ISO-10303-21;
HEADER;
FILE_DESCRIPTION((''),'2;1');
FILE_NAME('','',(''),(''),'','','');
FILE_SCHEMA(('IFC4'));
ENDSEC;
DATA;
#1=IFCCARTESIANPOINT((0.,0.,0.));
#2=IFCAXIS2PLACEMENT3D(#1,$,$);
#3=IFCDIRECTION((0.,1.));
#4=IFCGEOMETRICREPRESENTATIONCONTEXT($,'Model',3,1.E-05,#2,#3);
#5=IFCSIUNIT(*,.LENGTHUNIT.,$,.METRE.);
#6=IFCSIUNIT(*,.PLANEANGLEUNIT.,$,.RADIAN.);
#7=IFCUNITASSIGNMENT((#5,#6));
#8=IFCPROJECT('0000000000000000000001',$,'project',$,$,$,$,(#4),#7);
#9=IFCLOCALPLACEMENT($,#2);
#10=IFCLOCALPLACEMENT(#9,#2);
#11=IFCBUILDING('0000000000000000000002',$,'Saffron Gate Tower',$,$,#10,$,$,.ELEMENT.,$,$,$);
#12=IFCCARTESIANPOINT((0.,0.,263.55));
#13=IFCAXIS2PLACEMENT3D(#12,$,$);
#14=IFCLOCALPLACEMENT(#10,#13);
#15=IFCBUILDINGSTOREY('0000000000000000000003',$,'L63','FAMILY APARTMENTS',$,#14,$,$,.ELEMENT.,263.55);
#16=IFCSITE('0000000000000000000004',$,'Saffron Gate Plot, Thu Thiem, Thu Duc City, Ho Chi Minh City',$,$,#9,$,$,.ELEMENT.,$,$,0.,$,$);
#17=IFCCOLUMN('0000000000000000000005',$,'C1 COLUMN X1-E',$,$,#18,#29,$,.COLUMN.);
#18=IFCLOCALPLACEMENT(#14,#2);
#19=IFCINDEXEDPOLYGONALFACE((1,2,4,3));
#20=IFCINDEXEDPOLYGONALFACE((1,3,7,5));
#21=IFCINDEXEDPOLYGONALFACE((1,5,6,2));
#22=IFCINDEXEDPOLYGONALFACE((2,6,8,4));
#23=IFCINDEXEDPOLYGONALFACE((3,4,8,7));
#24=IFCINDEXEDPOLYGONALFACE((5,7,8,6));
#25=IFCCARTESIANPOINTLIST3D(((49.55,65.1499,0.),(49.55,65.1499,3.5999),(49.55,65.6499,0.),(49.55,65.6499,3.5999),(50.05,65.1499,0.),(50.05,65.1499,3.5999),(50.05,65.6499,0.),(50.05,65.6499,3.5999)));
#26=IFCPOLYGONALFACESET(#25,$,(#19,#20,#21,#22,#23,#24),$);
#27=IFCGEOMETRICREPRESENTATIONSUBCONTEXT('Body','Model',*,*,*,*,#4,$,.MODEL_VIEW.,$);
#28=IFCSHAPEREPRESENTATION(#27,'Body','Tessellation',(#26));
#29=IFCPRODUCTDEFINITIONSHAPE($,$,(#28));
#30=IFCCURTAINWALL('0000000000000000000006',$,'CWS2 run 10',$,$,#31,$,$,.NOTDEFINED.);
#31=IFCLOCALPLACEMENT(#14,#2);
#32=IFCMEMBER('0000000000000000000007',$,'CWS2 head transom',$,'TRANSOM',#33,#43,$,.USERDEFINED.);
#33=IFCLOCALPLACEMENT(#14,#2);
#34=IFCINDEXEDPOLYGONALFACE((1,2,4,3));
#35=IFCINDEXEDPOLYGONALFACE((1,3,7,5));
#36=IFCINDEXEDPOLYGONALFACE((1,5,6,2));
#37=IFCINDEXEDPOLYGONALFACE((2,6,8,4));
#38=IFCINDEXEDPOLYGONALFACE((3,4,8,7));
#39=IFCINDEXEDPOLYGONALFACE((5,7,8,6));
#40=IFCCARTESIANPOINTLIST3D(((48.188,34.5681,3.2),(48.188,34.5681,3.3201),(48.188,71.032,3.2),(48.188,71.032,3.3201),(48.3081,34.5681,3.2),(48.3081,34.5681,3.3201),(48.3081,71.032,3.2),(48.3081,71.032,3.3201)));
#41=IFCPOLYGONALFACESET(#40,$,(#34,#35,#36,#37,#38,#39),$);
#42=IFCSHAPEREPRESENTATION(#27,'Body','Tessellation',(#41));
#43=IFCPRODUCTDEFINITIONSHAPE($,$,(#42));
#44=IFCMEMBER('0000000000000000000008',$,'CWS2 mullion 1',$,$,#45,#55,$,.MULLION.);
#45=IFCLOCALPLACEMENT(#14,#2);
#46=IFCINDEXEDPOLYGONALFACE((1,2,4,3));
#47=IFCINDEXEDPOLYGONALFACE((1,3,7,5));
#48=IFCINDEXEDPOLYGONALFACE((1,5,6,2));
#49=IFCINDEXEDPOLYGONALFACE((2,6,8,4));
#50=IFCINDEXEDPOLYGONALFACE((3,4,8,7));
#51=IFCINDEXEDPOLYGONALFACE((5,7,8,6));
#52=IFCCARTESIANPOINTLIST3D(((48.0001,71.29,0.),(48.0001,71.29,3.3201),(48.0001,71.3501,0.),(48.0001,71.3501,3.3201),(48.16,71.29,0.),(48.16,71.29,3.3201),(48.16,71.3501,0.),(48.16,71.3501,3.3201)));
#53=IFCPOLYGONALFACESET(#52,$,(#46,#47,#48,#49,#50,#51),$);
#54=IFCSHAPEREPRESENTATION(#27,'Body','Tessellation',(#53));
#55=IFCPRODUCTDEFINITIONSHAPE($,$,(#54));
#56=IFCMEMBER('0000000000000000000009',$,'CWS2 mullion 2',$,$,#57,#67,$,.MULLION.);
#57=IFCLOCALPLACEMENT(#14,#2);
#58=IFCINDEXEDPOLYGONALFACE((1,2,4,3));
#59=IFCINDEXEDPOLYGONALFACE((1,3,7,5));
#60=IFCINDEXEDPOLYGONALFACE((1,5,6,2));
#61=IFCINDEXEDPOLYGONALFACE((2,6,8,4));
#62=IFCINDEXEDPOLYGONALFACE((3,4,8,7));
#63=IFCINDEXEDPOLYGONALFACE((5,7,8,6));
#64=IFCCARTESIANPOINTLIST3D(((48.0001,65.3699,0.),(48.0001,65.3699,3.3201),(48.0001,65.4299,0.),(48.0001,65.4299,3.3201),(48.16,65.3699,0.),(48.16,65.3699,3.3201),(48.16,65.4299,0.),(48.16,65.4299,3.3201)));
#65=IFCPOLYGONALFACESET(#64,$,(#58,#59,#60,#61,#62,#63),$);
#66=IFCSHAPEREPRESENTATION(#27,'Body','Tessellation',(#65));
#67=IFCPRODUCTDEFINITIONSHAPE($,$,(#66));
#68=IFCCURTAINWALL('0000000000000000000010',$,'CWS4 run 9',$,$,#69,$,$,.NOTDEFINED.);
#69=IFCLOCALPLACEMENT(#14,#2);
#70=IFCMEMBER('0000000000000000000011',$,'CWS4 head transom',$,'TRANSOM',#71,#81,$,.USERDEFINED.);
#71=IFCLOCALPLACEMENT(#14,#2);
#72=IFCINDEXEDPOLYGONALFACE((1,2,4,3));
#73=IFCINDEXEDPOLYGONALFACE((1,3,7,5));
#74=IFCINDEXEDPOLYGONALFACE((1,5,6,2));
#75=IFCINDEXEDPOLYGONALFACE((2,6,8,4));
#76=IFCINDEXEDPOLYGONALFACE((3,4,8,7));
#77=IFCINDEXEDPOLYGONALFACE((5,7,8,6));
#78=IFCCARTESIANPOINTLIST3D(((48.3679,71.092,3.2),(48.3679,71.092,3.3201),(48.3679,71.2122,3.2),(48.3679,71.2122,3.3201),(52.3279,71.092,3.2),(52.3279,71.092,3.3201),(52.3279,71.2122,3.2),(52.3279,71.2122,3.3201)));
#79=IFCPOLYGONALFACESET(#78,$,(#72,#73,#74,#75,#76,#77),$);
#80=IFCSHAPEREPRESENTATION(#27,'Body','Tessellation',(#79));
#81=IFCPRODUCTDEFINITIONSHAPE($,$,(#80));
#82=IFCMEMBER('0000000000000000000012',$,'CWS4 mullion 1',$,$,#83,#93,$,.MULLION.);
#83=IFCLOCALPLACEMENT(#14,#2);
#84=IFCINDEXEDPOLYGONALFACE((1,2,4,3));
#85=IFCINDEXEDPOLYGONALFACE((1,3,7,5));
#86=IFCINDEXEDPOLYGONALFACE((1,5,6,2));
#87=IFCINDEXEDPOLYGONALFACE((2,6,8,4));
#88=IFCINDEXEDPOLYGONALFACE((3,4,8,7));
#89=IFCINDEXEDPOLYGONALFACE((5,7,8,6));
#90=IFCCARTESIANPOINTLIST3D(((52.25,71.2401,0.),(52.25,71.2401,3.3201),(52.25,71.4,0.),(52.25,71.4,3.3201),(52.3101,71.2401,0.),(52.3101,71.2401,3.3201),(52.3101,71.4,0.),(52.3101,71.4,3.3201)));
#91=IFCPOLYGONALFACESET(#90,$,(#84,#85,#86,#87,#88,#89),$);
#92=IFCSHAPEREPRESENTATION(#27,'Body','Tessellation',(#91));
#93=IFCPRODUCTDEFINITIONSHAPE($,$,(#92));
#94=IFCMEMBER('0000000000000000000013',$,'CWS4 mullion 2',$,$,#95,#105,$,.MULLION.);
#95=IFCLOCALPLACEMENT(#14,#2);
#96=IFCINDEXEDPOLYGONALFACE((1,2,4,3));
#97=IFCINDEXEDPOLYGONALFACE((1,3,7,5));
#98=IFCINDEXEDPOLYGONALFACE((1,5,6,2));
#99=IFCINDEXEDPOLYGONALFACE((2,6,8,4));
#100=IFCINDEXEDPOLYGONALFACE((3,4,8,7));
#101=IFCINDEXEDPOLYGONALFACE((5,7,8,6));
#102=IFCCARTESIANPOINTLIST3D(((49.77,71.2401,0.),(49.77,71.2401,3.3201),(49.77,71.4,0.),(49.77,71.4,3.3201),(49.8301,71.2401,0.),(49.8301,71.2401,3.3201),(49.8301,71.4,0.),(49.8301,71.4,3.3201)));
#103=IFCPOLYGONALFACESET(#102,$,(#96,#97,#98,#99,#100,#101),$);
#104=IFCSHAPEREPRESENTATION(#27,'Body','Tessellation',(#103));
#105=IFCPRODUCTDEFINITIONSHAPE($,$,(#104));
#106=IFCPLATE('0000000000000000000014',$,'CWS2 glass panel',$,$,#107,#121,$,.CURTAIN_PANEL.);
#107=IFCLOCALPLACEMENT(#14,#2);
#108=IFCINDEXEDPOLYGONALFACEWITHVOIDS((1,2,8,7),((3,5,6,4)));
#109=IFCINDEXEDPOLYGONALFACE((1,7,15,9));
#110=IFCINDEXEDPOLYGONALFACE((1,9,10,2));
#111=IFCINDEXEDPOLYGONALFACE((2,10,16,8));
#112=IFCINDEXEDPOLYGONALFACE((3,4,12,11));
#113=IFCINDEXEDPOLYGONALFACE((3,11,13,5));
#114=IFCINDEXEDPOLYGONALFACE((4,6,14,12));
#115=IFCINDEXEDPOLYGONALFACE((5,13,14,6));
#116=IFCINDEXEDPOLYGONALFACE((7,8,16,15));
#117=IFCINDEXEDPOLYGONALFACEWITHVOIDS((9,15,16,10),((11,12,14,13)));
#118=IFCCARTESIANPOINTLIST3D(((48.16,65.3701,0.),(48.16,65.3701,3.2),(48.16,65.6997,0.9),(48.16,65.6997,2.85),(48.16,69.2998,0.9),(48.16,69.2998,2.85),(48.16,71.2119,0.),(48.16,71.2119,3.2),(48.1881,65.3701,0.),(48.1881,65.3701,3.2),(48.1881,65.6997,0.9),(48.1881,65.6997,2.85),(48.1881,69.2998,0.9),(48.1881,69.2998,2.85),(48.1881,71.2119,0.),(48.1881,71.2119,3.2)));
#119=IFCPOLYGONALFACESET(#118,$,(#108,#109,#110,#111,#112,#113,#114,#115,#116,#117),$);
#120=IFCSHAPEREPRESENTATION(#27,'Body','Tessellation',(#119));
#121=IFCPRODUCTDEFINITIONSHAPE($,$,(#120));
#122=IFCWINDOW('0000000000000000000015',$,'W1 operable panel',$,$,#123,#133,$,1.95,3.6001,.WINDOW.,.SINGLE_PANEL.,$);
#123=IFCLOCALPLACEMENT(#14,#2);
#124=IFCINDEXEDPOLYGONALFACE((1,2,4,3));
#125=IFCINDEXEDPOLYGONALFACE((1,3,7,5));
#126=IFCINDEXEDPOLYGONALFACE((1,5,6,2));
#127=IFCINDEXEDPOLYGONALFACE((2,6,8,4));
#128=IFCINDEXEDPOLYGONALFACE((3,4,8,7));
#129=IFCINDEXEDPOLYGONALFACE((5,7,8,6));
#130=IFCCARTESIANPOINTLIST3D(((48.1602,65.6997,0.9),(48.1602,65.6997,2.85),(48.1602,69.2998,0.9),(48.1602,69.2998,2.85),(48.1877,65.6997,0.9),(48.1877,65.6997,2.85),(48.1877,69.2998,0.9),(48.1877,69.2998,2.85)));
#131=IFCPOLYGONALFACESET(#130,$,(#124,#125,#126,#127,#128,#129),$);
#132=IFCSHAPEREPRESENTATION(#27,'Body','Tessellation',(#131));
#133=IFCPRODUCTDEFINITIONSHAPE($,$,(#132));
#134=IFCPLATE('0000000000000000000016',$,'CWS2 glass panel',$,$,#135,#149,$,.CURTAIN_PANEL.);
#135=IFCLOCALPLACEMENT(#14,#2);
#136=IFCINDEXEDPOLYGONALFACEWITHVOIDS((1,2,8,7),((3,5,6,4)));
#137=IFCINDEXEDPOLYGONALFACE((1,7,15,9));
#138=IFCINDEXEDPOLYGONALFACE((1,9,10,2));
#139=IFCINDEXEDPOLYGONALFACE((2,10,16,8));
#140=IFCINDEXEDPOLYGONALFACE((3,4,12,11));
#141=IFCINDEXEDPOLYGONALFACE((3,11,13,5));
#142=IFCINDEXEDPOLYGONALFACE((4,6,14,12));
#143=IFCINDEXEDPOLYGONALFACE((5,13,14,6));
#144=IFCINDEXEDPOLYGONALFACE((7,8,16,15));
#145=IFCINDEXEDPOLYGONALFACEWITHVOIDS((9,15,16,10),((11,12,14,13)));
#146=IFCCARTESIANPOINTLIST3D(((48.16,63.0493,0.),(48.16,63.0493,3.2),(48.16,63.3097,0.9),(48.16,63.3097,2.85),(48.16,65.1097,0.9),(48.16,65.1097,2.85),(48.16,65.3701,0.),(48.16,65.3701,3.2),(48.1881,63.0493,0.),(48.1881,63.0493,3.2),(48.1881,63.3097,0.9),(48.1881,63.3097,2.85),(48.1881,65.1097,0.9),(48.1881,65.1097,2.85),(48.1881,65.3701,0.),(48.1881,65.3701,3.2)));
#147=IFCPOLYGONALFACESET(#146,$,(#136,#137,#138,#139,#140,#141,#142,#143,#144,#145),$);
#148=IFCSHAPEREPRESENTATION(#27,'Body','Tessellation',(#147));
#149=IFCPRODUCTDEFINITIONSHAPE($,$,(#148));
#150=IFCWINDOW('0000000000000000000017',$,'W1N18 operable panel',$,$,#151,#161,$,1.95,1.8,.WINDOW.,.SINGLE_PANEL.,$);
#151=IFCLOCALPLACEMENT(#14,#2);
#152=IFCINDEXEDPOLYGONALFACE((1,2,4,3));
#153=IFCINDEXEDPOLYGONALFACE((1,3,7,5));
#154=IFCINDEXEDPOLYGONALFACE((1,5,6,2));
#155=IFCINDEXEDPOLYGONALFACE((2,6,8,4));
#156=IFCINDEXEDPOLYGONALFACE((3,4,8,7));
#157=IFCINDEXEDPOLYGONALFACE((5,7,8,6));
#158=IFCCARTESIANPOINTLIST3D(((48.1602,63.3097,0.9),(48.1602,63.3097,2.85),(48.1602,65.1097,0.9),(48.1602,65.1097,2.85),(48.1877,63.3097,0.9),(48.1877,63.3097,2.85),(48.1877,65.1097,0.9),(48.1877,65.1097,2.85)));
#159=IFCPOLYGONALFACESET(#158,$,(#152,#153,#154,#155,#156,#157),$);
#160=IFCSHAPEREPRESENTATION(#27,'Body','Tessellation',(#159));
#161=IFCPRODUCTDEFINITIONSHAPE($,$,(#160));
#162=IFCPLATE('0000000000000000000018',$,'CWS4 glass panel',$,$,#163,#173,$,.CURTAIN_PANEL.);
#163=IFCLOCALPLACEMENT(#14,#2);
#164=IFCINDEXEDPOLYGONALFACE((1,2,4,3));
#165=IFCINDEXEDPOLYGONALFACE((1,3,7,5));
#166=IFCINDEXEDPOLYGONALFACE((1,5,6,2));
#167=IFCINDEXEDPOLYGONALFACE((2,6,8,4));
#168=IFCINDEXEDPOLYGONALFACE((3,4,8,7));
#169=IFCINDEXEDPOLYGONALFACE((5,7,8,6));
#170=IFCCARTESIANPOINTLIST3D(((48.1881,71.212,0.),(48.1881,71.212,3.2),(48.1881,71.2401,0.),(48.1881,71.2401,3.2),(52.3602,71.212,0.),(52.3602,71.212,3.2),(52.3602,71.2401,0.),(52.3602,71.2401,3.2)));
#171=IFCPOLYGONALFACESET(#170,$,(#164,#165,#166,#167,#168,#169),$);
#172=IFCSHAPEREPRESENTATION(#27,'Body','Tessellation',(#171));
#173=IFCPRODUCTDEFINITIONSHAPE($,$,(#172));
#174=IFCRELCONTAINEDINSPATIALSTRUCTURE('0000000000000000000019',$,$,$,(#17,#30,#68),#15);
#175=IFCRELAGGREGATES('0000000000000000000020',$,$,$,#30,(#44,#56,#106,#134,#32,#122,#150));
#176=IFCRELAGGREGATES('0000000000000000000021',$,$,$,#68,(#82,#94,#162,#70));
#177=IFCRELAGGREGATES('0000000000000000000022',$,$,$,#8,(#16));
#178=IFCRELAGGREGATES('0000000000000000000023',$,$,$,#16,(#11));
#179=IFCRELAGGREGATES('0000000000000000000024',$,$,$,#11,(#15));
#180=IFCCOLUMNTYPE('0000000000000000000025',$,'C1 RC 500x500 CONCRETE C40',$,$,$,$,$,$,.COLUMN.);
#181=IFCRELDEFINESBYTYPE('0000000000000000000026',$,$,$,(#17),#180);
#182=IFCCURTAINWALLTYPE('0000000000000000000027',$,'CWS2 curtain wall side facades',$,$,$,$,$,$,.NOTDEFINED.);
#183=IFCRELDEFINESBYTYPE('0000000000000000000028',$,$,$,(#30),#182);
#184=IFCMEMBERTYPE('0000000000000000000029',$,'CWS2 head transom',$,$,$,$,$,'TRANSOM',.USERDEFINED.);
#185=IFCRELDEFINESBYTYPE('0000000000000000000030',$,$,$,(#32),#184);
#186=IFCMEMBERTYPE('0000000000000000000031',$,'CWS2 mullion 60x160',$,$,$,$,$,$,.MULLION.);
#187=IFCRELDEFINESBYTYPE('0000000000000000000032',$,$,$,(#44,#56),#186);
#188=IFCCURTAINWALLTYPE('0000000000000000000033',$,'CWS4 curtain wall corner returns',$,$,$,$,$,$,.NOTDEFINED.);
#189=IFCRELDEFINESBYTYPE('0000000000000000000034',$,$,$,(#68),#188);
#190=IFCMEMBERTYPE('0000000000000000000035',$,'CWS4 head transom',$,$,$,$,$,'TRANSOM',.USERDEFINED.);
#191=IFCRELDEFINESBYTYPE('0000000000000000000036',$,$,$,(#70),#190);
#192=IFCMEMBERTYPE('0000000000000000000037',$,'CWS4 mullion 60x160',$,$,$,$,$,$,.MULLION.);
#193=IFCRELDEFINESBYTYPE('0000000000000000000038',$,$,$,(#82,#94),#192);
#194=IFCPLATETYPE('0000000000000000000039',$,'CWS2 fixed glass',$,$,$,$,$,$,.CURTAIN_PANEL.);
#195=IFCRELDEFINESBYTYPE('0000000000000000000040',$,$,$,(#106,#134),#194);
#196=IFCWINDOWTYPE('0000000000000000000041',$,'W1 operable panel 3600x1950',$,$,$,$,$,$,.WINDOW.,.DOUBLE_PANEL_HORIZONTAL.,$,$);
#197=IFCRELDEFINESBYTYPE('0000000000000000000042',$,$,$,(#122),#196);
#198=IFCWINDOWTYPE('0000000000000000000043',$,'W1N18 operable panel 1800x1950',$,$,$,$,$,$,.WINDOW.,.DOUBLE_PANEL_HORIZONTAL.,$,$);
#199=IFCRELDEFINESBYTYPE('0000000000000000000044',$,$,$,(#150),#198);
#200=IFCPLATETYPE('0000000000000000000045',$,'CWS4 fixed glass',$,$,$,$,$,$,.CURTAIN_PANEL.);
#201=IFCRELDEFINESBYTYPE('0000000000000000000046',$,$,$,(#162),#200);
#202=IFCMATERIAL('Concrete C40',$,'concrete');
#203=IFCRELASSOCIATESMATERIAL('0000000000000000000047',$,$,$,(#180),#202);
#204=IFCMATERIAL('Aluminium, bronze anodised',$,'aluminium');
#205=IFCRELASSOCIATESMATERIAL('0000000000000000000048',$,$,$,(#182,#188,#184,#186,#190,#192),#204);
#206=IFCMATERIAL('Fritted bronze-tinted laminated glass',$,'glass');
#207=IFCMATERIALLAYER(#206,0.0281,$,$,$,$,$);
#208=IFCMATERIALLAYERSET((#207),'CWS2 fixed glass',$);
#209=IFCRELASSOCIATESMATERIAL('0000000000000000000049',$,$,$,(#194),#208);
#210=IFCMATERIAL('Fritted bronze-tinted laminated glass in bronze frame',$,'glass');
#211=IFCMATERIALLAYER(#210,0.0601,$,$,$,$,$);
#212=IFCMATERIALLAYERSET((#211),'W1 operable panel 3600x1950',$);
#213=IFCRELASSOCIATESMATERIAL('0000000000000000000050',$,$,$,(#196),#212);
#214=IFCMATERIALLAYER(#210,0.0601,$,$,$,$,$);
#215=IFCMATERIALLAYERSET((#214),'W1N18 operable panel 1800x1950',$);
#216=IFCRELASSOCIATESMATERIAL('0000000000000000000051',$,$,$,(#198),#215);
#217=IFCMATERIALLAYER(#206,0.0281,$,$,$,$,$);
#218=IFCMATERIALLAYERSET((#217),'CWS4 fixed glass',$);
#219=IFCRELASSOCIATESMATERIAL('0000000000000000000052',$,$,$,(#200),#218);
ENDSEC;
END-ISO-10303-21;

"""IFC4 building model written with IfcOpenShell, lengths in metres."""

from ifc_helpers import new_model, si_unit, direction, frame, frame_2d, origin, origin_2d, place, context, subcontext, project, spatial, rectangle, extrude, material, layer, layer_set, material_profile, profile_set, type_object, element, fill, aggregate, save


model = new_model("IFC4")

# Units and contexts
model_context = context("Model", 3, precision=1e-05, world=origin(), true_north=direction((0.0, 1.0)))
body_context = subcontext(model_context, "Body", "Model", "MODEL_VIEW")
ifc_project = project(units=[si_unit("LENGTHUNIT", "METRE"), si_unit("PLANEANGLEUNIT", "RADIAN")], contexts=[model_context])

# Site, building, storey
site_placement = place(None, origin())
site = spatial("IfcSite", under=ifc_project, at=site_placement, Name="Saffron Gate Plot, Thu Thiem, Thu Duc City, Ho Chi Minh City", CompositionType="ELEMENT", RefElevation=0.0)
building_placement = place(site_placement, origin())
building = spatial("IfcBuilding", under=site, at=building_placement, Name="Saffron Gate Tower", CompositionType="ELEMENT")
storey_placement = place(building_placement, frame((0.0, 0.0, 263.55)))
storey = spatial("IfcBuildingStorey", under=building, at=storey_placement, Name="L63", Description="FAMILY APARTMENTS", CompositionType="ELEMENT", Elevation=263.55)

# Column
ifc_material_1 = material(Name="Concrete C40", Category="concrete")
ifc_material_profile_1 = material_profile(ifc_material_1, rectangle(XDim=0.5, YDim=0.5, at=origin_2d()))
ifc_profile_set_1 = profile_set([ifc_material_profile_1], Name="Concrete C40")
column_type = type_object("IfcColumnType", Name="C1 RC 500x500 CONCRETE C40", PredefinedType="COLUMN", material=ifc_profile_set_1)
column_placement = place(storey_placement, frame((49.8, 65.3999, 0.0), z_axis=(0.0, 0.0, 1.0), x_axis=(1.0, 0.0, 0.0)))
element("IfcColumn", 1, at=column_placement, inside=storey, type_object=column_type, Name="C1 COLUMN X1-E", PredefinedType="COLUMN", context=body_context, shape_type="SweptSolid", body=[
    extrude(rectangle(XDim=0.5, YDim=0.5, at=origin_2d()), origin(), (0.0, 0.0, 1.0), 3.5999),
])

# Curtain walls, members
ifc_material_2 = material(Name="Aluminium, bronze anodised", Category="aluminium")
curtain_wall_type_1 = type_object("IfcCurtainWallType", Name="CWS2 curtain wall side facades", PredefinedType="NOTDEFINED", material=ifc_material_2)
curtain_wall_1_placement = place(storey_placement, origin())
curtain_wall_1 = element("IfcCurtainWall", 2, at=curtain_wall_1_placement, inside=storey, type_object=curtain_wall_type_1, Name="CWS2 run 10", PredefinedType="NOTDEFINED")
ifc_material_profile_2 = material_profile(ifc_material_2, rectangle(XDim=0.1201, YDim=0.1201, at=origin_2d()))
ifc_profile_set_2 = profile_set([ifc_material_profile_2], Name="Aluminium, bronze anodised")
member_type_1 = type_object("IfcMemberType", Name="CWS2 head transom", ElementType="TRANSOM", PredefinedType="USERDEFINED", material=ifc_profile_set_2)
member_1_placement = place(storey_placement, frame((48.248, 71.032, 3.26), z_axis=(0.0, -1.0, 0.0), x_axis=(1.0, 0.0, 0.0)))
member_1 = element("IfcMember", 3, at=member_1_placement, type_object=member_type_1, Name="CWS2 head transom", ObjectType="TRANSOM", PredefinedType="USERDEFINED", context=body_context, shape_type="SweptSolid", body=[
    extrude(rectangle(XDim=0.1201, YDim=0.1201, at=origin_2d()), origin(), (0.0, 0.0, 1.0), 36.4639),
])
ifc_material_profile_3 = material_profile(ifc_material_2, rectangle(XDim=0.1599, YDim=0.0601, at=origin_2d()))
ifc_profile_set_3 = profile_set([ifc_material_profile_3], Name="Aluminium, bronze anodised")
member_type_2 = type_object("IfcMemberType", Name="CWS2 mullion 60x160", PredefinedType="MULLION", material=ifc_profile_set_3)
member_2_placement = place(storey_placement, frame((48.0801, 71.3201, 0.0), z_axis=(0.0, 0.0, 1.0), x_axis=(1.0, 0.0, 0.0)))
member_2 = element("IfcMember", 4, at=member_2_placement, type_object=member_type_2, Name="CWS2 mullion 1", PredefinedType="MULLION", context=body_context, shape_type="SweptSolid", body=[
    extrude(rectangle(XDim=0.1599, YDim=0.0601, at=origin_2d()), origin(), (0.0, 0.0, 1.0), 3.3201),
])
member_3_placement = place(storey_placement, frame((48.0801, 65.3999, 0.0), z_axis=(0.0, 0.0, 1.0), x_axis=(1.0, 0.0, 0.0)))
member_3 = element("IfcMember", 5, at=member_3_placement, type_object=member_type_2, Name="CWS2 mullion 2", PredefinedType="MULLION", context=body_context, shape_type="SweptSolid", body=[
    extrude(rectangle(XDim=0.1599, YDim=0.0601, at=origin_2d()), origin(), (0.0, 0.0, 1.0), 3.3201),
])
curtain_wall_type_2 = type_object("IfcCurtainWallType", Name="CWS4 curtain wall corner returns", PredefinedType="NOTDEFINED", material=ifc_material_2)
curtain_wall_2_placement = place(storey_placement, origin())
curtain_wall_2 = element("IfcCurtainWall", 6, at=curtain_wall_2_placement, inside=storey, type_object=curtain_wall_type_2, Name="CWS4 run 9", PredefinedType="NOTDEFINED")
ifc_material_profile_4 = material_profile(ifc_material_2, rectangle(XDim=0.1201, YDim=0.1201, at=origin_2d()))
ifc_profile_set_4 = profile_set([ifc_material_profile_4], Name="Aluminium, bronze anodised")
member_type_3 = type_object("IfcMemberType", Name="CWS4 head transom", ElementType="TRANSOM", PredefinedType="USERDEFINED", material=ifc_profile_set_4)
member_4_placement = place(storey_placement, frame((52.3279, 71.1521, 3.26), z_axis=(-1.0, 0.0, 0.0), x_axis=(0.0, -1.0, 0.0)))
member_4 = element("IfcMember", 7, at=member_4_placement, type_object=member_type_3, Name="CWS4 head transom", ObjectType="TRANSOM", PredefinedType="USERDEFINED", context=body_context, shape_type="SweptSolid", body=[
    extrude(rectangle(XDim=0.1201, YDim=0.1201, at=origin_2d()), origin(), (0.0, 0.0, 1.0), 3.96),
])
ifc_material_profile_5 = material_profile(ifc_material_2, rectangle(XDim=0.1599, YDim=0.0601, at=origin_2d()))
ifc_profile_set_5 = profile_set([ifc_material_profile_5], Name="Aluminium, bronze anodised")
member_type_4 = type_object("IfcMemberType", Name="CWS4 mullion 60x160", PredefinedType="MULLION", material=ifc_profile_set_5)
member_5_placement = place(storey_placement, frame((52.28, 71.3201, 0.0), z_axis=(0.0, 0.0, 1.0), x_axis=(0.0, -1.0, 0.0)))
member_5 = element("IfcMember", 8, at=member_5_placement, type_object=member_type_4, Name="CWS4 mullion 1", PredefinedType="MULLION", context=body_context, shape_type="SweptSolid", body=[
    extrude(rectangle(XDim=0.1599, YDim=0.0601, at=origin_2d()), origin(), (0.0, 0.0, 1.0), 3.3201),
])
member_6_placement = place(storey_placement, frame((49.8, 71.3201, 0.0), z_axis=(0.0, 0.0, 1.0), x_axis=(0.0, -1.0, 0.0)))
member_6 = element("IfcMember", 9, at=member_6_placement, type_object=member_type_4, Name="CWS4 mullion 2", PredefinedType="MULLION", context=body_context, shape_type="SweptSolid", body=[
    extrude(rectangle(XDim=0.1599, YDim=0.0601, at=origin_2d()), origin(), (0.0, 0.0, 1.0), 3.3201),
])

# Plates, openings, windows
ifc_material_3 = material(Name="Fritted bronze-tinted laminated glass", Category="glass")
ifc_layer_1 = layer(ifc_material_3, 0.0281)
ifc_layer_set_1 = layer_set([ifc_layer_1], Name="CWS2 fixed glass")
plate_type_1 = type_object("IfcPlateType", Name="CWS2 fixed glass", PredefinedType="CURTAIN_PANEL", material=ifc_layer_set_1)
plate_1_placement = place(storey_placement, frame((48.1741, 71.2119, 0.0), z_axis=(0.0, 0.0, 1.0), x_axis=(0.0, -1.0, 0.0)))
plate_1 = element("IfcPlate", 10, at=plate_1_placement, type_object=plate_type_1, Name="CWS2 glass panel", PredefinedType="CURTAIN_PANEL", context=body_context, shape_type="SweptSolid", body=[
    extrude(rectangle(XDim=5.8418, YDim=0.0281, at=frame_2d((2.9209, 0.0))), origin(), (0.0, 0.0, 1.0), 3.2),
])
opening_1_placement = place(plate_1_placement, frame((1.9121, 0.0, 0.8999)))
opening_1 = element("IfcOpeningElement", 11, at=opening_1_placement, cuts=plate_1, PredefinedType="OPENING", context=body_context, shape_type="SweptSolid", body=[
    extrude(rectangle(XDim=3.6001, YDim=1.95, at=frame_2d((1.8, 0.9751))), frame((0.0, 0.0239, 0.0), z_axis=(0.0, -1.0, 0.0), x_axis=(1.0, 0.0, 0.0)), (0.0, 0.0, 1.0), 0.0481),
])
ifc_material_4 = material(Name="Fritted bronze-tinted laminated glass in bronze frame", Category="glass")
ifc_layer_2 = layer(ifc_material_4, 0.0601)
ifc_layer_set_2 = layer_set([ifc_layer_2], Name="W1 operable panel 3600x1950")
window_type_1 = type_object("IfcWindowType", Name="W1 operable panel 3600x1950", PartitioningType="DOUBLE_PANEL_HORIZONTAL", PredefinedType="WINDOW", material=ifc_layer_set_2)
window_1_placement = place(opening_1_placement, origin())
window_1 = element("IfcWindow", 12, at=window_1_placement, type_object=window_type_1, Name="W1 operable panel", OverallHeight=1.95, OverallWidth=3.6001, PartitioningType="SINGLE_PANEL", PredefinedType="WINDOW", context=body_context, shape_type="SweptSolid", body=[
    extrude(rectangle(XDim=3.6001, YDim=1.95, at=frame_2d((1.8, 0.9751))), frame((0.0, 0.0137, 0.0), z_axis=(0.0, -1.0, 0.0), x_axis=(1.0, 0.0, 0.0)), (0.0, 0.0, 1.0), 0.0276),
])
fill(opening_1, window_1)
plate_2_placement = place(storey_placement, frame((48.1741, 65.3701, 0.0), z_axis=(0.0, 0.0, 1.0), x_axis=(0.0, -1.0, 0.0)))
plate_2 = element("IfcPlate", 13, at=plate_2_placement, type_object=plate_type_1, Name="CWS2 glass panel", PredefinedType="CURTAIN_PANEL", context=body_context, shape_type="SweptSolid", body=[
    extrude(rectangle(XDim=2.3208, YDim=0.0281, at=frame_2d((1.1604, 0.0))), origin(), (0.0, 0.0, 1.0), 3.2),
])
opening_2_placement = place(plate_2_placement, frame((0.2605, 0.0, 0.8999)))
opening_2 = element("IfcOpeningElement", 14, at=opening_2_placement, cuts=plate_2, PredefinedType="OPENING", context=body_context, shape_type="SweptSolid", body=[
    extrude(rectangle(XDim=1.8, YDim=1.95, at=frame_2d((0.8999, 0.9751))), frame((0.0, 0.0239, 0.0), z_axis=(0.0, -1.0, 0.0), x_axis=(1.0, 0.0, 0.0)), (0.0, 0.0, 1.0), 0.0481),
])
ifc_layer_3 = layer(ifc_material_4, 0.0601)
ifc_layer_set_3 = layer_set([ifc_layer_3], Name="W1N18 operable panel 1800x1950")
window_type_2 = type_object("IfcWindowType", Name="W1N18 operable panel 1800x1950", PartitioningType="DOUBLE_PANEL_HORIZONTAL", PredefinedType="WINDOW", material=ifc_layer_set_3)
window_2_placement = place(opening_2_placement, origin())
window_2 = element("IfcWindow", 15, at=window_2_placement, type_object=window_type_2, Name="W1N18 operable panel", OverallHeight=1.95, OverallWidth=1.8, PartitioningType="SINGLE_PANEL", PredefinedType="WINDOW", context=body_context, shape_type="SweptSolid", body=[
    extrude(rectangle(XDim=1.8, YDim=1.95, at=frame_2d((0.8999, 0.9751))), frame((0.0, 0.0137, 0.0), z_axis=(0.0, -1.0, 0.0), x_axis=(1.0, 0.0, 0.0)), (0.0, 0.0, 1.0), 0.0276),
])
fill(opening_2, window_2)
aggregate(curtain_wall_1, [member_2, member_3, plate_1, plate_2, member_1, window_1, window_2])

# Plate
ifc_layer_4 = layer(ifc_material_3, 0.0281)
ifc_layer_set_4 = layer_set([ifc_layer_4], Name="CWS4 fixed glass")
plate_type_2 = type_object("IfcPlateType", Name="CWS4 fixed glass", PredefinedType="CURTAIN_PANEL", material=ifc_layer_set_4)
plate_3_placement = place(storey_placement, frame((52.3601, 71.2261, 0.0), z_axis=(0.0, 0.0, 1.0), x_axis=(-1.0, 0.0, 0.0)))
plate_3 = element("IfcPlate", 16, at=plate_3_placement, type_object=plate_type_2, Name="CWS4 glass panel", PredefinedType="CURTAIN_PANEL", context=body_context, shape_type="SweptSolid", body=[
    extrude(rectangle(XDim=4.1721, YDim=0.0281, at=frame_2d((2.0859, 0.0))), origin(), (0.0, 0.0, 1.0), 3.2),
])
aggregate(curtain_wall_2, [member_5, member_6, plate_3, member_4])

save(model, "model.ifc")
